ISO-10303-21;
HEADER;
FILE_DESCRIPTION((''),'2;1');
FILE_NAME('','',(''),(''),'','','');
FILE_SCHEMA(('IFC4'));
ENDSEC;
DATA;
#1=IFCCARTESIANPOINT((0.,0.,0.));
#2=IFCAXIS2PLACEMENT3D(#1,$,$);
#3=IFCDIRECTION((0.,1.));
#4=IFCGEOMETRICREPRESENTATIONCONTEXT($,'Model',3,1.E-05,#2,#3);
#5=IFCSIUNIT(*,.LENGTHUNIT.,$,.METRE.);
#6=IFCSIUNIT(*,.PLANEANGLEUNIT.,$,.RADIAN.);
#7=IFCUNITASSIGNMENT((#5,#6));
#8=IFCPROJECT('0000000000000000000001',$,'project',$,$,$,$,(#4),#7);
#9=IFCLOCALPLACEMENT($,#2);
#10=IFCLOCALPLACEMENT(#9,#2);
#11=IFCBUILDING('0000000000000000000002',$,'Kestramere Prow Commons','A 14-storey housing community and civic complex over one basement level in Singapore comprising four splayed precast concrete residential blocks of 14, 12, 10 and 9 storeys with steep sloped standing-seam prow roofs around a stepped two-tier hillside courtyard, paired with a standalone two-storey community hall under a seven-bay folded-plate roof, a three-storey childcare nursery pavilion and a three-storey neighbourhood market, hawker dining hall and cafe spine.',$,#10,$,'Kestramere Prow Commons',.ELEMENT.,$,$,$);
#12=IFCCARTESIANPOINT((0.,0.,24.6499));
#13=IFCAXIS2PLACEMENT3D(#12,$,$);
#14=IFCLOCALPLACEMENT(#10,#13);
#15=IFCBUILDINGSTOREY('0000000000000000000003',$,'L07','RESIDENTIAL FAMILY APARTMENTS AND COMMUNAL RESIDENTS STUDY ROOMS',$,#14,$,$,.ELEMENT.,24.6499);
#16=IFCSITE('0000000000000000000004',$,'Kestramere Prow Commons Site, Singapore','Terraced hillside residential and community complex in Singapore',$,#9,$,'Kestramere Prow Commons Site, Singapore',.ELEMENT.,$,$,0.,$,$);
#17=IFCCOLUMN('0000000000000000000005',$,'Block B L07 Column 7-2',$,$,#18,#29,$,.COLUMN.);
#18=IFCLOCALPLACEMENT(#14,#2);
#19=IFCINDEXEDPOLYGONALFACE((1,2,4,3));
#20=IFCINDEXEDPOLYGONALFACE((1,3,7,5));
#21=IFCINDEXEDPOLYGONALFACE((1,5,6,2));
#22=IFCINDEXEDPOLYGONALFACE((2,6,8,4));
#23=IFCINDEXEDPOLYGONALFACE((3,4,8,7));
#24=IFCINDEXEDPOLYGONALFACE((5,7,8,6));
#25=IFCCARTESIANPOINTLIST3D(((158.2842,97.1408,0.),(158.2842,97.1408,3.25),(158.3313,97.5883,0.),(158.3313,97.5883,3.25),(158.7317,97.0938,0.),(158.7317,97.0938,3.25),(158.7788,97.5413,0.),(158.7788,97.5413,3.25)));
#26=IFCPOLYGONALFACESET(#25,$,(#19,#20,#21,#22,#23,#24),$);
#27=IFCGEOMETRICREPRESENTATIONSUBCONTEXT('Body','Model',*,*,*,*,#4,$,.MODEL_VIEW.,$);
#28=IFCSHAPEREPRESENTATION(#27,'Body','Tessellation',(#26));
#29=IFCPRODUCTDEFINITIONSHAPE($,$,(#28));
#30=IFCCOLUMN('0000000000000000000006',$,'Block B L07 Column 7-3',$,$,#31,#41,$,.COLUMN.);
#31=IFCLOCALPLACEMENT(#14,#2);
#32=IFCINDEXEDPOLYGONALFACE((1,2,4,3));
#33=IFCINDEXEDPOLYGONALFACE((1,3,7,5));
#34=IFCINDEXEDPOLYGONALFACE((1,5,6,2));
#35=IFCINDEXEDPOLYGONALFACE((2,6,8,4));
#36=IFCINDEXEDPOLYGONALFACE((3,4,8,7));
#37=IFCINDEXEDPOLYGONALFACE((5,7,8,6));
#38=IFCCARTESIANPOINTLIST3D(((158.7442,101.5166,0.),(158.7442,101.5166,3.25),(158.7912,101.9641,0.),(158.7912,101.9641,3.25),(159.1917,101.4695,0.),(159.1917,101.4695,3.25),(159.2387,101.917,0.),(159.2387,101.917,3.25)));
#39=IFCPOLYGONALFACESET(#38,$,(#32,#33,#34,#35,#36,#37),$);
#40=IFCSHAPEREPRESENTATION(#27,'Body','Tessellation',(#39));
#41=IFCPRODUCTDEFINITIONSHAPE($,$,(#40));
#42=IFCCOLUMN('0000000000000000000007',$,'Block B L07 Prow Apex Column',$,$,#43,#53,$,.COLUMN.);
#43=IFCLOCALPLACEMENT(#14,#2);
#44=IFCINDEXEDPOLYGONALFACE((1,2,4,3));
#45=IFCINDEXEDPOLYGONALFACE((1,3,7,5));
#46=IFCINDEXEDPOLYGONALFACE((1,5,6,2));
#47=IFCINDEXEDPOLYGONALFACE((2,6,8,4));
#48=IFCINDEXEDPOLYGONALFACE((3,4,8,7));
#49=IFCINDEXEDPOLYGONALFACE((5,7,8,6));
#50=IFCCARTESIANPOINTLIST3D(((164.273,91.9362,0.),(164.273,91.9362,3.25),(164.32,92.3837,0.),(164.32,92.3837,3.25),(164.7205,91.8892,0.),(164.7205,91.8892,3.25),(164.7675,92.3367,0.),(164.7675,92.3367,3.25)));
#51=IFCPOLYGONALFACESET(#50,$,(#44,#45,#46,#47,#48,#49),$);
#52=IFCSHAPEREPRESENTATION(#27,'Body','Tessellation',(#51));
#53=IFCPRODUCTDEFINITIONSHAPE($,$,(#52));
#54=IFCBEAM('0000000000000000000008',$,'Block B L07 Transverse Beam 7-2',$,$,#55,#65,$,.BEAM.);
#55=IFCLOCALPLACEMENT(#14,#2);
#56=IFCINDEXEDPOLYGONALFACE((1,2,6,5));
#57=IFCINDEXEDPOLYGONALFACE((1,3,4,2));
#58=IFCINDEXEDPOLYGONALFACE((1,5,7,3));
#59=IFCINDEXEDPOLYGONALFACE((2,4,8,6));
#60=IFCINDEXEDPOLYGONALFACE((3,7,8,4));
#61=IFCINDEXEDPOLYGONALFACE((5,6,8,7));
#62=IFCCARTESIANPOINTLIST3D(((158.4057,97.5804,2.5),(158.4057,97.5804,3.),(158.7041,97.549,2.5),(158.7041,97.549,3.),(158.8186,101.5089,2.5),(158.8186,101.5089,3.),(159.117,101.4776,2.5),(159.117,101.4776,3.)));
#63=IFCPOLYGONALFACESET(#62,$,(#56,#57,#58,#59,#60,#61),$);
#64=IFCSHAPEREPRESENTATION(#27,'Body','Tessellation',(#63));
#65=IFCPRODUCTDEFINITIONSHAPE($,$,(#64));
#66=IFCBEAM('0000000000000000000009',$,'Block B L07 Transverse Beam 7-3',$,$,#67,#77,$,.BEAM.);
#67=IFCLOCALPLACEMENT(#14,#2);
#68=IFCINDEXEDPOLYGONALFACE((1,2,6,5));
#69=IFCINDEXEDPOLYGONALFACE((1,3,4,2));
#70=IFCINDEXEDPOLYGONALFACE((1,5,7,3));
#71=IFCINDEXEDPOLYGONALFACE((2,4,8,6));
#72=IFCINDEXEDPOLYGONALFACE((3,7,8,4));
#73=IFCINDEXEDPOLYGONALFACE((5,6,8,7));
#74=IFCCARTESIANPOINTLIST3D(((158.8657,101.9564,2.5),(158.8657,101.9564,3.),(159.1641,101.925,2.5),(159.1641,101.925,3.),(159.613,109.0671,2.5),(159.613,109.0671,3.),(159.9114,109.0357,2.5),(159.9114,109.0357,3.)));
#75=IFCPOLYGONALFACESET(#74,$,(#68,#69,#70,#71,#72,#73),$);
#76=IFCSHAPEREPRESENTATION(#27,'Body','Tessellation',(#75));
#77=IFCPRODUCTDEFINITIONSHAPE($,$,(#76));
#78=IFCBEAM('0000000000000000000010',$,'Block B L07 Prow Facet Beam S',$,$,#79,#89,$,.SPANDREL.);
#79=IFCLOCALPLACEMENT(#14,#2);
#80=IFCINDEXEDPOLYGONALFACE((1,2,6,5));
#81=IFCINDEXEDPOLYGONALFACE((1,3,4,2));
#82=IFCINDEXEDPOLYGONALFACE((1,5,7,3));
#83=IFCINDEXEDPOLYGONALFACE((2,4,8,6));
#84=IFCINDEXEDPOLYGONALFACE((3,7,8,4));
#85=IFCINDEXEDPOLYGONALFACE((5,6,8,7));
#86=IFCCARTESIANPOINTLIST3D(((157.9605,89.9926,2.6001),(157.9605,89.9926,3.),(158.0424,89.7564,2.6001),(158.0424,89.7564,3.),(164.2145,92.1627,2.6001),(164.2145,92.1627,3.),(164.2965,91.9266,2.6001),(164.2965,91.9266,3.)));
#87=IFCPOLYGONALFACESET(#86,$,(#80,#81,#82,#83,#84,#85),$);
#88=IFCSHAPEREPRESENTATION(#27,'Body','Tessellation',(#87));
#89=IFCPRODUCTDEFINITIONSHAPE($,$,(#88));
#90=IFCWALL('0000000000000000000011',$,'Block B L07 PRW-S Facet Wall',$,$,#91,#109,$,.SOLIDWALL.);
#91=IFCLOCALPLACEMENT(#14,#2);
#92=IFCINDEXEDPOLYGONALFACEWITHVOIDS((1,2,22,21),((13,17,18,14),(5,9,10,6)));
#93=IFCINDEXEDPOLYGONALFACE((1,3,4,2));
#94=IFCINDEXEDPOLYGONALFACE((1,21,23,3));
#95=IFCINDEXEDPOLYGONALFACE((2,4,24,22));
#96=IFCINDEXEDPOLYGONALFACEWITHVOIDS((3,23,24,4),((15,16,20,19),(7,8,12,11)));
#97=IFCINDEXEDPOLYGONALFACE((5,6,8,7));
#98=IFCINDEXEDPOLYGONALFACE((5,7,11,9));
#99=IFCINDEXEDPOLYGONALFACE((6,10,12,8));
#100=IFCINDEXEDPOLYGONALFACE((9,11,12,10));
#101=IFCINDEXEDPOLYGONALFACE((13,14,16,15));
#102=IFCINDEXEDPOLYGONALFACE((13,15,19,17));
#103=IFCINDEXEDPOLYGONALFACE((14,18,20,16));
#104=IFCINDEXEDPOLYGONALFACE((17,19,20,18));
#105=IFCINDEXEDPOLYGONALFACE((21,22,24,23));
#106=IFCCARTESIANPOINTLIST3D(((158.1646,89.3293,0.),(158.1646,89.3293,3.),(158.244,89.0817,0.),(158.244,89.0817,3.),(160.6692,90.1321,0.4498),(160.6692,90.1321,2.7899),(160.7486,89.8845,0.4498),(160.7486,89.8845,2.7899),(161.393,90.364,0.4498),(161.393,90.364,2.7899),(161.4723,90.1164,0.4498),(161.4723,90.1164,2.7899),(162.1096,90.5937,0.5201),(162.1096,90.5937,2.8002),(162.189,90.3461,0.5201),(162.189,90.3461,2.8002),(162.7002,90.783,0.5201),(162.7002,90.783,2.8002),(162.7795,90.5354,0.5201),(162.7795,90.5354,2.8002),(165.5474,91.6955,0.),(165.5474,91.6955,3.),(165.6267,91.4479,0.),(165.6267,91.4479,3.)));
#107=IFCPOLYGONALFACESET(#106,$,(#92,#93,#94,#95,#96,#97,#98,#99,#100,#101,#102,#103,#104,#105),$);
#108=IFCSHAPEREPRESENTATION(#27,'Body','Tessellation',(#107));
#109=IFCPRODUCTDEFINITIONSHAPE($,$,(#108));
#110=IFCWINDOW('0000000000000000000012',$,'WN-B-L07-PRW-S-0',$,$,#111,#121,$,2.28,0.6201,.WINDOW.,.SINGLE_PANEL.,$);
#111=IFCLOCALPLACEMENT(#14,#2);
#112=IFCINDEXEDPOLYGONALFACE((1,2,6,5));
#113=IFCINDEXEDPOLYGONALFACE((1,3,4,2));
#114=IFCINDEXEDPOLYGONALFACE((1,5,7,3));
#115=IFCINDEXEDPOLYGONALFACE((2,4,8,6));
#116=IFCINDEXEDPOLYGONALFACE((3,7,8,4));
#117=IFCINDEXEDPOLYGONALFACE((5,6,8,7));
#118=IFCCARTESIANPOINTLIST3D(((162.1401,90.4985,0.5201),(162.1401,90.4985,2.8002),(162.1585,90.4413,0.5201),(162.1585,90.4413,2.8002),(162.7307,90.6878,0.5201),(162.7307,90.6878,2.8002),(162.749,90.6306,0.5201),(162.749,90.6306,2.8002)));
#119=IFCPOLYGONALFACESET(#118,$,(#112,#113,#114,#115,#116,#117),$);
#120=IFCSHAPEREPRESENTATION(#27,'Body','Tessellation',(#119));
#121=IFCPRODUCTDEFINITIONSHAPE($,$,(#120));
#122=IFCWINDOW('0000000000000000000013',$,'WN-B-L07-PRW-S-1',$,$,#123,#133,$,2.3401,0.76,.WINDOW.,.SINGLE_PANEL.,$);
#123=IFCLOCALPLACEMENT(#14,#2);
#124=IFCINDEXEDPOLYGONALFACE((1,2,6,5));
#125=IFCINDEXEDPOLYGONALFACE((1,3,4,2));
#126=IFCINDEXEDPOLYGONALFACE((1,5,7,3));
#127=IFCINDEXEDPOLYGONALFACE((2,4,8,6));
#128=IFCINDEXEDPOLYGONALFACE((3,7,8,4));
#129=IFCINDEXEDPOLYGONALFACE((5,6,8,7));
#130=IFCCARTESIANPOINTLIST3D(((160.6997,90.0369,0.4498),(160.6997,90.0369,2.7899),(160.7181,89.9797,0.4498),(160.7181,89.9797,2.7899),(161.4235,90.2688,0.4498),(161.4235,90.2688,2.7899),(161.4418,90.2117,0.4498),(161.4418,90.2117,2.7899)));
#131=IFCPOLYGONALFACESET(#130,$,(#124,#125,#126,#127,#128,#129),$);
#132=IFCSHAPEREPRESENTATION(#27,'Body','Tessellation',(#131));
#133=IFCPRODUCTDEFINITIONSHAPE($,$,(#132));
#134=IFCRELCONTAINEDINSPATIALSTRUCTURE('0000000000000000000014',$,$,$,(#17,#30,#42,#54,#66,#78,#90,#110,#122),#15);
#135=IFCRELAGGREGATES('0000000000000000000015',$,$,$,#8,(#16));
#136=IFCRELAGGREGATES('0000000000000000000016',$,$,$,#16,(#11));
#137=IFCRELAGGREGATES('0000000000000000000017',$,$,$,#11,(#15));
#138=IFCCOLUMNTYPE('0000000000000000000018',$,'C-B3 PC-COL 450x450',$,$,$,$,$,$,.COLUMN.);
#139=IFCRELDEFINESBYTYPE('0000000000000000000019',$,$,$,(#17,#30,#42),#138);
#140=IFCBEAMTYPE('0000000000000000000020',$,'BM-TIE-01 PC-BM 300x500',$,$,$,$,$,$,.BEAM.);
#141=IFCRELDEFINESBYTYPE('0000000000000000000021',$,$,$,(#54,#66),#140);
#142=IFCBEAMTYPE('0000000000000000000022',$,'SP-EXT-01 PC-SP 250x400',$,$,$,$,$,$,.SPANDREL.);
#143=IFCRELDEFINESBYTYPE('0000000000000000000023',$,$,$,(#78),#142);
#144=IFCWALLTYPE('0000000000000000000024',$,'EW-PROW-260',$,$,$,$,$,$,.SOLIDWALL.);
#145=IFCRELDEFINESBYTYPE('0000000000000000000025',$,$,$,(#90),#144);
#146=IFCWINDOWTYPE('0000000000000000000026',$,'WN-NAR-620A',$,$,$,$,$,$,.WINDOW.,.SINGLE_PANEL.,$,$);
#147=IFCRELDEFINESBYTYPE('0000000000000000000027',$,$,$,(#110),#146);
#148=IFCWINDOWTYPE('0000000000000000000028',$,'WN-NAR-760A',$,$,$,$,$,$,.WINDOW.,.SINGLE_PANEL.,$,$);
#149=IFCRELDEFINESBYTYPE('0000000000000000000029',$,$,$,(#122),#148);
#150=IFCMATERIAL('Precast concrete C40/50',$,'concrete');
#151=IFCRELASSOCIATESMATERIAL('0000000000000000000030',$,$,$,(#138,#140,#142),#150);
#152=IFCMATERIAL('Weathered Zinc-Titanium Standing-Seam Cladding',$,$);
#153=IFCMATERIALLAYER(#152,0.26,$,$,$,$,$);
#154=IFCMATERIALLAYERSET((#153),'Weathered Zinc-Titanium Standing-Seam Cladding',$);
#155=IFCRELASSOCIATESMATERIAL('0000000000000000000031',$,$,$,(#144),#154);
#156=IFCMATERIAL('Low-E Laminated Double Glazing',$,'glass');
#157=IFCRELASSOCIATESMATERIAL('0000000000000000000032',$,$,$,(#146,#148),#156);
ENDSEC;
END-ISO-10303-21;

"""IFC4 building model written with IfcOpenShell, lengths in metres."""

from ifc_helpers import new_model, si_unit, direction, frame, frame_2d, origin, origin_2d, place, context, subcontext, project, spatial, rectangle, extrude, material, layer, layer_set, material_profile, profile_set, type_object, element, fill, save


model = new_model("IFC4")

# Units and contexts
model_context = context("Model", 3, precision=1e-05, world=origin(), true_north=direction((0.0, 1.0)))
body_context = subcontext(model_context, "Body", "Model", "MODEL_VIEW")
ifc_project = project(units=[si_unit("LENGTHUNIT", "METRE"), si_unit("PLANEANGLEUNIT", "RADIAN")], contexts=[model_context])

# Site, building, storey
site_placement = place(None, origin())
site = spatial("IfcSite", under=ifc_project, at=site_placement, Name="Kestramere Prow Commons Site, Singapore", Description="Terraced hillside residential and community complex in Singapore", LongName="Kestramere Prow Commons Site, Singapore", CompositionType="ELEMENT", RefElevation=0.0)
building_placement = place(site_placement, origin())
building = spatial("IfcBuilding", under=site, at=building_placement, Name="Kestramere Prow Commons", Description="A 14-storey housing community and civic complex over one basement level in Singapore comprising four splayed precast concrete residential blocks of 14, 12, 10 and 9 storeys with steep sloped standing-seam prow roofs around a stepped two-tier hillside courtyard, paired with a standalone two-storey community hall under a seven-bay folded-plate roof, a three-storey childcare nursery pavilion and a three-storey neighbourhood market, hawker dining hall and cafe spine.", LongName="Kestramere Prow Commons", CompositionType="ELEMENT")
storey_placement = place(building_placement, frame((0.0, 0.0, 24.6499)))
storey = spatial("IfcBuildingStorey", under=building, at=storey_placement, Name="L07", Description="RESIDENTIAL FAMILY APARTMENTS AND COMMUNAL RESIDENTS STUDY ROOMS", CompositionType="ELEMENT", Elevation=24.6499)

# Columns
ifc_material_1 = material(Name="Precast concrete C40/50", Category="concrete")
ifc_material_profile_1 = material_profile(ifc_material_1, rectangle(XDim=0.45, YDim=0.45, at=origin_2d()), Name="PC-COL 450x450")
ifc_profile_set_1 = profile_set([ifc_material_profile_1], Name="Precast concrete C40/50")
column_type = type_object("IfcColumnType", Name="C-B3 PC-COL 450x450", PredefinedType="COLUMN", material=ifc_profile_set_1)
for number, where, z_axis, x_axis, name in (
    (1, (158.5315, 97.3411, 0.0), (0.0, 0.0, 1.0), (0.994522, -0.104528, 0.0), "Block B L07 Column 7-2"),
    (2, (158.9915, 101.7168, 0.0), (0.0, 0.0, 1.0), (0.994522, -0.104528, 0.0), "Block B L07 Column 7-3"),
    (3, (164.5203, 92.1365, 0.0), (0.0, 0.0, 1.0), (0.994522, -0.104528, 0.0), "Block B L07 Prow Apex Column"),
):
    element("IfcColumn", number, at=place(storey_placement, frame(where, z_axis=z_axis, x_axis=x_axis)), inside=storey, type_object=column_type, Name=name, PredefinedType="COLUMN", context=body_context, shape_type="SweptSolid", body=[
        extrude(rectangle(XDim=0.45, YDim=0.45, at=origin_2d()), origin(), (0.0, 0.0, 1.0), 3.25),
    ])

# Beams
ifc_material_profile_2 = material_profile(ifc_material_1, rectangle(XDim=0.3, YDim=0.5, at=origin_2d()), Name="PC-BM 300x500")
ifc_profile_set_2 = profile_set([ifc_material_profile_2], Name="Precast concrete C40/50")
beam_type_1 = type_object("IfcBeamType", Name="BM-TIE-01 PC-BM 300x500", PredefinedType="BEAM", material=ifc_profile_set_2)
beam_1_placement = place(storey_placement, frame((158.5549, 97.5647, 2.75), z_axis=(0.104514, 0.994523, 0.0), x_axis=(-0.994523, 0.104514, 0.0)))
element("IfcBeam", 4, at=beam_1_placement, inside=storey, type_object=beam_type_1, Name="Block B L07 Transverse Beam 7-2", PredefinedType="BEAM", context=body_context, shape_type="SweptSolid", body=[
    extrude(rectangle(XDim=0.3, YDim=0.5, at=origin_2d()), origin(), (0.0, 0.0, 1.0), 3.9502),
])
beam_2_placement = place(storey_placement, frame((159.0149, 101.9407, 2.75), z_axis=(0.104519, 0.994523, 0.0), x_axis=(-0.994523, 0.104519, 0.0)))
element("IfcBeam", 5, at=beam_2_placement, inside=storey, type_object=beam_type_1, Name="Block B L07 Transverse Beam 7-3", PredefinedType="BEAM", context=body_context, shape_type="SweptSolid", body=[
    extrude(rectangle(XDim=0.3, YDim=0.5, at=origin_2d()), origin(), (0.0, 0.0, 1.0), 7.1499),
])
ifc_material_profile_3 = material_profile(ifc_material_1, rectangle(XDim=0.25, YDim=0.3999, at=origin_2d()), Name="PC-SP 250x400")
ifc_profile_set_3 = profile_set([ifc_material_profile_3], Name="Precast concrete C40/50")
beam_type_2 = type_object("IfcBeamType", Name="SP-EXT-01 PC-SP 250x400", PredefinedType="SPANDREL", material=ifc_profile_set_3)
beam_3_placement = place(storey_placement, frame((158.0015, 89.8745, 2.8), z_axis=(0.94474, 0.327821, 0.0), x_axis=(-0.327821, 0.94474, 0.0)))
element("IfcBeam", 6, at=beam_3_placement, inside=storey, type_object=beam_type_2, Name="Block B L07 Prow Facet Beam S", PredefinedType="SPANDREL", context=body_context, shape_type="SweptSolid", body=[
    extrude(rectangle(XDim=0.25, YDim=0.3999, at=origin_2d()), origin(), (0.0, 0.0, 1.0), 6.6199),
])

# Wall, openings, windows
ifc_material_2 = material(Name="Weathered Zinc-Titanium Standing-Seam Cladding")
ifc_layer_1 = layer(ifc_material_2, 0.26)
ifc_layer_set_1 = layer_set([ifc_layer_1], Name="Weathered Zinc-Titanium Standing-Seam Cladding")
wall_type_1 = type_object("IfcWallType", Name="EW-PROW-260", PredefinedType="SOLIDWALL", material=ifc_layer_set_1)
wall_1_placement = place(storey_placement, frame((165.5872, 91.5718, 0.0), z_axis=(0.0, 0.0, 1.0), x_axis=(-0.952285, -0.30521, 0.0)))
wall_1 = element("IfcWall", 7, at=wall_1_placement, inside=storey, type_object=wall_type_1, Name="Block B L07 PRW-S Facet Wall", PredefinedType="SOLIDWALL", context=body_context, shape_type="SweptSolid", body=[
    extrude(rectangle(XDim=7.7527, YDim=0.26, at=frame_2d((3.8765, 0.0))), origin(), (0.0, 0.0, 1.0), 3.0),
])
opening_1_placement = place(wall_1_placement, frame((2.99, 0.0, 0.52)))
opening_1 = element("IfcOpeningElement", 8, at=opening_1_placement, cuts=wall_1, PredefinedType="OPENING", context=body_context, shape_type="SweptSolid", body=[
    extrude(rectangle(XDim=0.6201, YDim=2.28, at=frame_2d((0.3101, 1.1401))), frame((0.0, 0.145, 0.0), z_axis=(0.0, -1.0, 0.0), x_axis=(1.0, 0.0, 0.0)), (0.0, 0.0, 1.0), 0.29),
])
opening_2_placement = place(wall_1_placement, frame((4.3628, 0.0, 0.45)))
opening_2 = element("IfcOpeningElement", 9, at=opening_2_placement, cuts=wall_1, PredefinedType="OPENING", context=body_context, shape_type="SweptSolid", body=[
    extrude(rectangle(XDim=0.76, YDim=2.3401, at=frame_2d((0.3799, 1.1699))), frame((0.0, 0.145, 0.0), z_axis=(0.0, -1.0, 0.0), x_axis=(1.0, 0.0, 0.0)), (0.0, 0.0, 1.0), 0.29),
])
ifc_material_3 = material(Name="Low-E Laminated Double Glazing", Category="glass")
window_type_1 = type_object("IfcWindowType", Name="WN-NAR-620A", PartitioningType="SINGLE_PANEL", PredefinedType="WINDOW", material=ifc_material_3)
window_1_placement = place(opening_1_placement, origin())
window_1 = element("IfcWindow", 10, at=window_1_placement, inside=storey, type_object=window_type_1, Name="WN-B-L07-PRW-S-0", OverallHeight=2.28, OverallWidth=0.6201, PartitioningType="SINGLE_PANEL", PredefinedType="WINDOW", context=body_context, shape_type="SweptSolid", body=[
    extrude(rectangle(XDim=0.6201, YDim=2.28, at=frame_2d((0.3101, 1.1401))), frame((0.0, 0.03, 0.0), z_axis=(0.0, -1.0, 0.0), x_axis=(1.0, 0.0, 0.0)), (0.0, 0.0, 1.0), 0.0601),
])
fill(opening_1, window_1)
window_type_2 = type_object("IfcWindowType", Name="WN-NAR-760A", PartitioningType="SINGLE_PANEL", PredefinedType="WINDOW", material=ifc_material_3)
window_2_placement = place(opening_2_placement, origin())
window_2 = element("IfcWindow", 11, at=window_2_placement, inside=storey, type_object=window_type_2, Name="WN-B-L07-PRW-S-1", OverallHeight=2.3401, OverallWidth=0.76, PartitioningType="SINGLE_PANEL", PredefinedType="WINDOW", context=body_context, shape_type="SweptSolid", body=[
    extrude(rectangle(XDim=0.76, YDim=2.3401, at=frame_2d((0.3799, 1.1699))), frame((0.0, 0.03, 0.0), z_axis=(0.0, -1.0, 0.0), x_axis=(1.0, 0.0, 0.0)), (0.0, 0.0, 1.0), 0.0601),
])
fill(opening_2, window_2)

save(model, "model.ifc")
